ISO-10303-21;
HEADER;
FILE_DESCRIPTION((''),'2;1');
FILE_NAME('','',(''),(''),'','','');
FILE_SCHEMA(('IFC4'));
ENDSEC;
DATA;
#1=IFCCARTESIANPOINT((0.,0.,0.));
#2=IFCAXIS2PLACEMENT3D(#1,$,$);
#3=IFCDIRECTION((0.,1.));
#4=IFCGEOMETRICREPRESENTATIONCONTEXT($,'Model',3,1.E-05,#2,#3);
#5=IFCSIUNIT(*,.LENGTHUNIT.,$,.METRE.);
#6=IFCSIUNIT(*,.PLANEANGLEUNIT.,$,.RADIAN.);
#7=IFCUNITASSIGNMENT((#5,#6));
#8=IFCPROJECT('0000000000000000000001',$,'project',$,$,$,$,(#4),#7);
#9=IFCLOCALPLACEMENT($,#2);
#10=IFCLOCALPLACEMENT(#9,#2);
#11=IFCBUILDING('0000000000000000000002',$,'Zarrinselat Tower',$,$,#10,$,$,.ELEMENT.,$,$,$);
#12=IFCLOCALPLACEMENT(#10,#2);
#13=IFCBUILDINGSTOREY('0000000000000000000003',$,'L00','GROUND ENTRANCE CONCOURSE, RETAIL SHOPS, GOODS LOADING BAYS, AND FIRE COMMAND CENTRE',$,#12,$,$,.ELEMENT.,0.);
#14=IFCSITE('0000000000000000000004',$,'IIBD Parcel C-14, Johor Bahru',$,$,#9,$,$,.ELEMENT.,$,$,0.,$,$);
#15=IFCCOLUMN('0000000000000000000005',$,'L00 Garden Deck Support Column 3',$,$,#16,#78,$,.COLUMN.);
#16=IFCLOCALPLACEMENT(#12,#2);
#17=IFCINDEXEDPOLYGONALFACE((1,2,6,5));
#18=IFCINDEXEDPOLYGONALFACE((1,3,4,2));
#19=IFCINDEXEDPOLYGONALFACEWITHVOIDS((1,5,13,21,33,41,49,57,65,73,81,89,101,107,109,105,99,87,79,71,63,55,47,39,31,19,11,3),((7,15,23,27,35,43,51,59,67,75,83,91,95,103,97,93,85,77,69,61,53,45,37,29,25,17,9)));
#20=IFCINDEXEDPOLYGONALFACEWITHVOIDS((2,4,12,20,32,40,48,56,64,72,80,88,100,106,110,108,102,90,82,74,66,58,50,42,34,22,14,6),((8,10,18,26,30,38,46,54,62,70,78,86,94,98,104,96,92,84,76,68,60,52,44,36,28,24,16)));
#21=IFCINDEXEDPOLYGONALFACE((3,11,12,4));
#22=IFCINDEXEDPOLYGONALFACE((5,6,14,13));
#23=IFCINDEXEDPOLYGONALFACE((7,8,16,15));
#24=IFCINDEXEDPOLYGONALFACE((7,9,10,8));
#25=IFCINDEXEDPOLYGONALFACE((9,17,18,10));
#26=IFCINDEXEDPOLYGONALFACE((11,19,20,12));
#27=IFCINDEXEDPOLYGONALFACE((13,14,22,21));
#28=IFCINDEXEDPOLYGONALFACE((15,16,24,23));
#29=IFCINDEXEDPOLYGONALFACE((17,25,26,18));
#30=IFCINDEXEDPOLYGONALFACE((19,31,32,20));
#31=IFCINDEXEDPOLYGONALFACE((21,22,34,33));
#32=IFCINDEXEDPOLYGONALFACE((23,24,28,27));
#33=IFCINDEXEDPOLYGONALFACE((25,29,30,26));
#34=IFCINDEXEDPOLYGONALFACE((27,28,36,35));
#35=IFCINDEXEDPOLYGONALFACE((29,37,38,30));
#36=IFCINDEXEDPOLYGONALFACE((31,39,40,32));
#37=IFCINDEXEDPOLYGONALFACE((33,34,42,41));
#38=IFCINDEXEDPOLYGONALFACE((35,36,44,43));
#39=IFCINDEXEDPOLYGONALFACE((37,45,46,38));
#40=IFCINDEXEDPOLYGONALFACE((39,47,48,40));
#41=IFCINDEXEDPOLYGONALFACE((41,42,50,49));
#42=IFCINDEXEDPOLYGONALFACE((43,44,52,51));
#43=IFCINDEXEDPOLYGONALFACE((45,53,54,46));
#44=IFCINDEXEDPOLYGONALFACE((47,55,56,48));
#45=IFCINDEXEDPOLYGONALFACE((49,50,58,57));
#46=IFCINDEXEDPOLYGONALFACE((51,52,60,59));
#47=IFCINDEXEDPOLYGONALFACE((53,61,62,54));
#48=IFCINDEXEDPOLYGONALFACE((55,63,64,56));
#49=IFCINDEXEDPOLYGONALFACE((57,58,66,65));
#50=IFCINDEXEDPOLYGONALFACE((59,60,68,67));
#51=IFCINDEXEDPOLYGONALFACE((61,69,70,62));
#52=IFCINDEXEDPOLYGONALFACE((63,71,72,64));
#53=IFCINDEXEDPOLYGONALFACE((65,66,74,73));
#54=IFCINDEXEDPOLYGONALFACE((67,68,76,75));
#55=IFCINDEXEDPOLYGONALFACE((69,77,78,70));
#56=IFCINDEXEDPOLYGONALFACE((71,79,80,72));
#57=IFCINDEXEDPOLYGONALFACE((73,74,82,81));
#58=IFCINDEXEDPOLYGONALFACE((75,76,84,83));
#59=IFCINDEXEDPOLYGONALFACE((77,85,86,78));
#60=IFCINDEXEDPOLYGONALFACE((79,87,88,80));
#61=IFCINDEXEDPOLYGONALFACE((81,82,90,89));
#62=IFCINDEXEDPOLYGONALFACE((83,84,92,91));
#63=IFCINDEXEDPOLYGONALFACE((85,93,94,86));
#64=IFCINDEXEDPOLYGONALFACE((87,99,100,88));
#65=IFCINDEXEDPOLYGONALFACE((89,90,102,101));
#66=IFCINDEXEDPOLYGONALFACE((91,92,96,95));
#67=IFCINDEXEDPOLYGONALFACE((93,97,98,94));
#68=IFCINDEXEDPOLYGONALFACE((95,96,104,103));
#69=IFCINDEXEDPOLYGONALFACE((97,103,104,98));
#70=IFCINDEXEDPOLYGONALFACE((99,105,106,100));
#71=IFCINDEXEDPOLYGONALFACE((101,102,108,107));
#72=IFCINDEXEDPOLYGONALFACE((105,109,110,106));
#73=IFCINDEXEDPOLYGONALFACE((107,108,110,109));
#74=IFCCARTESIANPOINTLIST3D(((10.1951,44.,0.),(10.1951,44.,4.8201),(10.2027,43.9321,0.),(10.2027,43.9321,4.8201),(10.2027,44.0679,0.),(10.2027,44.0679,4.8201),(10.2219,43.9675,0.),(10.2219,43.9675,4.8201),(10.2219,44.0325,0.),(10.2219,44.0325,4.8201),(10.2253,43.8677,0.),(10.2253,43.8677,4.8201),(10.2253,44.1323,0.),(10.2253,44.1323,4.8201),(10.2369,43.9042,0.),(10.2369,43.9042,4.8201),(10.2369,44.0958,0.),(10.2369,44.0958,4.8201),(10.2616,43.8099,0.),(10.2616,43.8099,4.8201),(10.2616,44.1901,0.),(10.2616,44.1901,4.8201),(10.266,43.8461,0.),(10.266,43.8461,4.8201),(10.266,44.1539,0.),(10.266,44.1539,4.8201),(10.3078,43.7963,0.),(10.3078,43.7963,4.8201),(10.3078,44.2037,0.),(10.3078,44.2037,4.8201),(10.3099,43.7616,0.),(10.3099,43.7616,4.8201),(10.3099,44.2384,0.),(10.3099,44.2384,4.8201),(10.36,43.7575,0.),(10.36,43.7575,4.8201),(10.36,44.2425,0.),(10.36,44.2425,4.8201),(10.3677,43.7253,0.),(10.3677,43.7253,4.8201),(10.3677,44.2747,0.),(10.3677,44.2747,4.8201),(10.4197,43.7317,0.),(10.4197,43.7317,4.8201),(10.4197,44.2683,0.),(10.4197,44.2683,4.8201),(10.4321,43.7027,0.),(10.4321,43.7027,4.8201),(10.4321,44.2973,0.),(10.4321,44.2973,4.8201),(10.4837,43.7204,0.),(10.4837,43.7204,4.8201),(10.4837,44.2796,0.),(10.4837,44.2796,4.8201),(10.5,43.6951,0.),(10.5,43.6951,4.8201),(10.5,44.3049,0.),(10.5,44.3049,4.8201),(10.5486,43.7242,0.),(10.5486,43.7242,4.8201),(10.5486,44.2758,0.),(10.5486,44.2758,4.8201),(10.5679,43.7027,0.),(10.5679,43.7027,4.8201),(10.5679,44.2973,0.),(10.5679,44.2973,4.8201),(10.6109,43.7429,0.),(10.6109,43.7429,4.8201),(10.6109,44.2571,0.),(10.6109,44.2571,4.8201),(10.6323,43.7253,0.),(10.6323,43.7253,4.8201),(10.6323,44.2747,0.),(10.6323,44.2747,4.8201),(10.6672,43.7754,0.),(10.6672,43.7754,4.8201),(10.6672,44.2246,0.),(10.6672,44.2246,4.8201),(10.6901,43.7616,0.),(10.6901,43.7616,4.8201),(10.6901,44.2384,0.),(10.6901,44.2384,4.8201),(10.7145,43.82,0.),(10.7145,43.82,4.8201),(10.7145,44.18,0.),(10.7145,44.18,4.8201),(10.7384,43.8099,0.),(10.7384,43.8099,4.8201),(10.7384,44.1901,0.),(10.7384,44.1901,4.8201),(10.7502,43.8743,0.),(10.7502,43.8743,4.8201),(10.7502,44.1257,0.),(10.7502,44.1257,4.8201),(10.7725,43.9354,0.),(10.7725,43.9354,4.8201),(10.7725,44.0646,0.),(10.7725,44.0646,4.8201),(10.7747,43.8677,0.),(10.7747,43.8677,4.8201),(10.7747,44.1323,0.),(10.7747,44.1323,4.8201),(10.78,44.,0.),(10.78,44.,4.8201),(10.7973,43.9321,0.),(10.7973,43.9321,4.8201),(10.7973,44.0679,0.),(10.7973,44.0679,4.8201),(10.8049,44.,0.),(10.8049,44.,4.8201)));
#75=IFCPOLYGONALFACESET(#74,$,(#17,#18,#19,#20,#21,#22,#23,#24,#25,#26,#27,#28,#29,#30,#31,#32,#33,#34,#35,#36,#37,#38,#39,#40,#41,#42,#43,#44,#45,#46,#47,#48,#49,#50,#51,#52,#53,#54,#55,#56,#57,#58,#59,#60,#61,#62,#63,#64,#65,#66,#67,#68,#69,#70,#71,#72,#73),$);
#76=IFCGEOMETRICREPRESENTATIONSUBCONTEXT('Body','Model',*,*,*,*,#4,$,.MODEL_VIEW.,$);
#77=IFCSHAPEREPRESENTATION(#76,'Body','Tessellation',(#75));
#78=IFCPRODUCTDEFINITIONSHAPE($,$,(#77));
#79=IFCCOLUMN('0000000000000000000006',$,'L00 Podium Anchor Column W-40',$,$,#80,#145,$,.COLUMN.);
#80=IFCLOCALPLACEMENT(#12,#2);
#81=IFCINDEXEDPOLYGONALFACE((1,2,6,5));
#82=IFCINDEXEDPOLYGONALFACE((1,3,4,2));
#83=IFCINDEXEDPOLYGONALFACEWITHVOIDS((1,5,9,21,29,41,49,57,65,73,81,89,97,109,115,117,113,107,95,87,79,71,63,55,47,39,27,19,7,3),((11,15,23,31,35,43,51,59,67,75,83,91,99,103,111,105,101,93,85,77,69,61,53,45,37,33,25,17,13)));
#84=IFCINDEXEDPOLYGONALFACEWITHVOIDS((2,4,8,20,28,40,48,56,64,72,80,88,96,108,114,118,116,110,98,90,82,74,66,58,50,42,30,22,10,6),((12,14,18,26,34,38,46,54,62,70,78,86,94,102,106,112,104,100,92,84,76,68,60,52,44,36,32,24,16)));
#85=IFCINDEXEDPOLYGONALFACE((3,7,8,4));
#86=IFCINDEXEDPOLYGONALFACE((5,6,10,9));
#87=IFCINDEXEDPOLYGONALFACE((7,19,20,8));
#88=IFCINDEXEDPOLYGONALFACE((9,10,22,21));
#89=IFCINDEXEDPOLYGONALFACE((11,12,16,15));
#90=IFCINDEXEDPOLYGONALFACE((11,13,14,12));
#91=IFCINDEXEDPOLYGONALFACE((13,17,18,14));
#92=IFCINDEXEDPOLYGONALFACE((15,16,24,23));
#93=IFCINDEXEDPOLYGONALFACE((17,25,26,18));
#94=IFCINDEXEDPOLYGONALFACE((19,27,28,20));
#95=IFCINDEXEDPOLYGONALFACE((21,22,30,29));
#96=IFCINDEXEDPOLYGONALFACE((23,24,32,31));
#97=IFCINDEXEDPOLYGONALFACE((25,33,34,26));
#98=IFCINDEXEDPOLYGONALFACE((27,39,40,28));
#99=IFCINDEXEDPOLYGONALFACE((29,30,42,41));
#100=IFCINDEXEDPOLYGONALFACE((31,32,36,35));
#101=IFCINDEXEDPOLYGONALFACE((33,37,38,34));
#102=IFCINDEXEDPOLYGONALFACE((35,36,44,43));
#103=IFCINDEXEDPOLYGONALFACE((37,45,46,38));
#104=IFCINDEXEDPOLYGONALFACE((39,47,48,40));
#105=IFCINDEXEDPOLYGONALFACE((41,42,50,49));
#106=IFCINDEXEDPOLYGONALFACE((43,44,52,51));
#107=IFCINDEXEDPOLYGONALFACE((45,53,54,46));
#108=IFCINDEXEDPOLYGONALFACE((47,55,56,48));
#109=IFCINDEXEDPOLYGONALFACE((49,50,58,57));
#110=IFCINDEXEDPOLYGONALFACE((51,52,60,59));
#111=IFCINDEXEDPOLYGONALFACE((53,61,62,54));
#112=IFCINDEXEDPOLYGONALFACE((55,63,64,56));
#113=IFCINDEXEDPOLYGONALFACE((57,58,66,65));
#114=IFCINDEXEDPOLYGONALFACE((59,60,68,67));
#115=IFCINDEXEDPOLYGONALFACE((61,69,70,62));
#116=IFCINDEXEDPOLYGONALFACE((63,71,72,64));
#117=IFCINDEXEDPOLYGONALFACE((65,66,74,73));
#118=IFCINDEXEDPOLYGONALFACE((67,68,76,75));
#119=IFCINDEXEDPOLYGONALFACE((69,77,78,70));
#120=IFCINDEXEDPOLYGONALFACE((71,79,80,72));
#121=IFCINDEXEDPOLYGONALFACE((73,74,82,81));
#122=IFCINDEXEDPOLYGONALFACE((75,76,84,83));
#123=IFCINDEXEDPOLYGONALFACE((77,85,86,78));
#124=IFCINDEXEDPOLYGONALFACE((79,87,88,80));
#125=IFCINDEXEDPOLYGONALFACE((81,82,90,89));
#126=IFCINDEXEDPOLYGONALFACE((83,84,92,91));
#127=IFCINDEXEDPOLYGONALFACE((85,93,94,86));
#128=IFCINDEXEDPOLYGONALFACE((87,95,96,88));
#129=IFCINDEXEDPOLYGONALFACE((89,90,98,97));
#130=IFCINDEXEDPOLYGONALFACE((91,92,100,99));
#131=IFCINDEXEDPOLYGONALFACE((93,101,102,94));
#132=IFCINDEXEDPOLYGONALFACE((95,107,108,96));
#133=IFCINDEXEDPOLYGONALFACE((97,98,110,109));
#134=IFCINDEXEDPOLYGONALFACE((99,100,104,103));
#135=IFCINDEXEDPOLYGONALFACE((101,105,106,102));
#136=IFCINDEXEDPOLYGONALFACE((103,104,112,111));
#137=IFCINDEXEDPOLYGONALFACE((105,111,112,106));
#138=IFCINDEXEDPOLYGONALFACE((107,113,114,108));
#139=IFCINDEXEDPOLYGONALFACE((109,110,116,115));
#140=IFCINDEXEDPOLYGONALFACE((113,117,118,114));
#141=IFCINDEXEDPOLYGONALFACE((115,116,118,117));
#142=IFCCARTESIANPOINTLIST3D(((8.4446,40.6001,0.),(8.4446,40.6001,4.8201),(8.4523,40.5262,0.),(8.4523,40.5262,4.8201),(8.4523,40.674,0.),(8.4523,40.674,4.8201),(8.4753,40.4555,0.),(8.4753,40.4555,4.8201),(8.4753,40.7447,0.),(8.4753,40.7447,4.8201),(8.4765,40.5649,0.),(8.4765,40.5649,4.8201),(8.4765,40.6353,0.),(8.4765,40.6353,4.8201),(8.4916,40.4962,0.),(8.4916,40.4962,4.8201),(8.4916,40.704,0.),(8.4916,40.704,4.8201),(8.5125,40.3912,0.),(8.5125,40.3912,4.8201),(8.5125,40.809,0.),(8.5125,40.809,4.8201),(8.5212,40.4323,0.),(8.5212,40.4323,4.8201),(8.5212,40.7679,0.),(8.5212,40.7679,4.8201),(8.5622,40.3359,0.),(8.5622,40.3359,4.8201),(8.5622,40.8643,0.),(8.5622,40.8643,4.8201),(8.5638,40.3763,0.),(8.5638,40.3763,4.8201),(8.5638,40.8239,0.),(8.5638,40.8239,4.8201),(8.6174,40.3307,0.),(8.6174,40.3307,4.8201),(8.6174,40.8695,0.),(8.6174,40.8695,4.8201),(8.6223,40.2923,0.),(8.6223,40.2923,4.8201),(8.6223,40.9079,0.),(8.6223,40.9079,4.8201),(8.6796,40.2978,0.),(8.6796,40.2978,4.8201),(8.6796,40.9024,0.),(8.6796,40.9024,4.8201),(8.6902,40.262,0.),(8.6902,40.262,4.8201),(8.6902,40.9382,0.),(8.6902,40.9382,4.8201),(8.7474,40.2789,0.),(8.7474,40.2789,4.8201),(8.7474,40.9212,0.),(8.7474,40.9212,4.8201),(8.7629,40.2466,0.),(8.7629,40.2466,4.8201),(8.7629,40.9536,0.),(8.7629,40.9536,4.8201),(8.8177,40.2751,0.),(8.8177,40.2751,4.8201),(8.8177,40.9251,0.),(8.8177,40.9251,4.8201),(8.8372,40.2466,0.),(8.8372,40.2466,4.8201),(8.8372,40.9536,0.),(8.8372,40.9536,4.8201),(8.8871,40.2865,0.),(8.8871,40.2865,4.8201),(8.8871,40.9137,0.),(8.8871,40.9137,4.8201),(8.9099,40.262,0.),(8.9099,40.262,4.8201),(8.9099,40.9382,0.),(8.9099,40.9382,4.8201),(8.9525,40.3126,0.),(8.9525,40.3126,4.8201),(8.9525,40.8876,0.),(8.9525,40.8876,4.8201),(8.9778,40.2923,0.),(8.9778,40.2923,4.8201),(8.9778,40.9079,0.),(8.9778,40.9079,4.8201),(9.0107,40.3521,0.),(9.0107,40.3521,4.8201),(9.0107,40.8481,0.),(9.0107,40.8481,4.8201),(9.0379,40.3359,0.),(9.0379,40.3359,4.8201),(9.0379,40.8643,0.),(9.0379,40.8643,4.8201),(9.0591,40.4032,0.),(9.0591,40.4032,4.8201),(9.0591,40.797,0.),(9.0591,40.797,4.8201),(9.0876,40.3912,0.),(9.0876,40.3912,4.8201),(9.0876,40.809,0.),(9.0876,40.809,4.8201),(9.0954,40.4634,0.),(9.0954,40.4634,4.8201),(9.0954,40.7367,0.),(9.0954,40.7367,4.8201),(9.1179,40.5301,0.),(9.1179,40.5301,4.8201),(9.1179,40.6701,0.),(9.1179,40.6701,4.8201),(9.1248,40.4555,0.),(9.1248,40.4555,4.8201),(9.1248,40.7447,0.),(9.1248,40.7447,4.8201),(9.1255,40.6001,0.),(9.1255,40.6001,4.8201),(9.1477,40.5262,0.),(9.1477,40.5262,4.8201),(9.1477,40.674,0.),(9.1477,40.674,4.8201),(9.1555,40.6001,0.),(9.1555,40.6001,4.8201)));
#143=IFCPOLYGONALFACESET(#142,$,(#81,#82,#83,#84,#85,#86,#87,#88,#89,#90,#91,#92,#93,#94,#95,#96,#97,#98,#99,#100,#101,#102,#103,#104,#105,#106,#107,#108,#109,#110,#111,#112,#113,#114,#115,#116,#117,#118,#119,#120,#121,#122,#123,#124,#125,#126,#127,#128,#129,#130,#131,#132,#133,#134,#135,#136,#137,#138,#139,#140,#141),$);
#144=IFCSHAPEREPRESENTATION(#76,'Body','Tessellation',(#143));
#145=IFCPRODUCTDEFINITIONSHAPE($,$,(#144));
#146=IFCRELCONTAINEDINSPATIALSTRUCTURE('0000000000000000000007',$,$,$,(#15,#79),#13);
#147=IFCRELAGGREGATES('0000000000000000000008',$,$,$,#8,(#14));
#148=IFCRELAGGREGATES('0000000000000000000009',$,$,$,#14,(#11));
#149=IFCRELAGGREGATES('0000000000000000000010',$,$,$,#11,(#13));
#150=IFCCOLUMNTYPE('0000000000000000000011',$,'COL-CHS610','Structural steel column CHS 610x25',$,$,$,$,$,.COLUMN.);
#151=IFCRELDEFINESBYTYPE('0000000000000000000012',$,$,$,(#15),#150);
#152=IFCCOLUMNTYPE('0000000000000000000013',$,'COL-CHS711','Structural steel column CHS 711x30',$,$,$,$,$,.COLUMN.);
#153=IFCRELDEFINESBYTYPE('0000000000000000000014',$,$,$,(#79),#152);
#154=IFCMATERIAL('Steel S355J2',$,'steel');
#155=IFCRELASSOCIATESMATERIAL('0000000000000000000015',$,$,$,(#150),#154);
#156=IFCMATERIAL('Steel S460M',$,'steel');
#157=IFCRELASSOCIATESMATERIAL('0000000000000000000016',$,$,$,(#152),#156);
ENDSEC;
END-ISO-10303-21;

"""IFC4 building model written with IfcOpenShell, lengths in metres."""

from ifc_helpers import new_model, si_unit, direction, frame, origin, origin_2d, place, context, subcontext, project, spatial, hollow_circle, extrude, material, material_profile, profile_set, type_object, element, save


model = new_model("IFC4")

# Units and contexts
model_context = context("Model", 3, precision=1e-05, world=origin(), true_north=direction((0.0, 1.0)))
body_context = subcontext(model_context, "Body", "Model", "MODEL_VIEW")
ifc_project = project(units=[si_unit("LENGTHUNIT", "METRE"), si_unit("PLANEANGLEUNIT", "RADIAN")], contexts=[model_context])

# Site, building, storey
site_placement = place(None, origin())
site = spatial("IfcSite", under=ifc_project, at=site_placement, Name="IIBD Parcel C-14, Johor Bahru", CompositionType="ELEMENT", RefElevation=0.0)
building_placement = place(site_placement, origin())
building = spatial("IfcBuilding", under=site, at=building_placement, Name="Zarrinselat Tower", CompositionType="ELEMENT")
storey_placement = place(building_placement, origin())
storey = spatial("IfcBuildingStorey", under=building, at=storey_placement, Name="L00", Description="GROUND ENTRANCE CONCOURSE, RETAIL SHOPS, GOODS LOADING BAYS, AND FIRE COMMAND CENTRE", CompositionType="ELEMENT", Elevation=0.0)

# Columns
ifc_material_1 = material(Name="Steel S355J2", Category="steel")
ifc_material_profile_1 = material_profile(ifc_material_1, hollow_circle(Radius=0.3049, WallThickness=0.0249, at=origin_2d()), Name="CHS 610x25")
ifc_profile_set_1 = profile_set([ifc_material_profile_1], Name="Steel S355J2")
column_type_1 = type_object("IfcColumnType", Name="COL-CHS610", Description="Structural steel column CHS 610x25", PredefinedType="COLUMN", material=ifc_profile_set_1)
column_1_placement = place(storey_placement, frame((10.5, 44.0, 0.0), z_axis=(0.0, 0.0, 1.0), x_axis=(1.0, 0.0, 0.0)))
element("IfcColumn", 1, at=column_1_placement, inside=storey, type_object=column_type_1, Name="L00 Garden Deck Support Column 3", PredefinedType="COLUMN", context=body_context, shape_type="SweptSolid", body=[
    extrude(hollow_circle(Radius=0.3049, WallThickness=0.0249, at=origin_2d()), origin(), (0.0, 0.0, 1.0), 4.8201),
])
ifc_material_2 = material(Name="Steel S460M", Category="steel")
ifc_material_profile_2 = material_profile(ifc_material_2, hollow_circle(Radius=0.3555, WallThickness=0.03, at=origin_2d()), Name="CHS 711x30")
ifc_profile_set_2 = profile_set([ifc_material_profile_2], Name="Steel S460M")
column_type_2 = type_object("IfcColumnType", Name="COL-CHS711", Description="Structural steel column CHS 711x30", PredefinedType="COLUMN", material=ifc_profile_set_2)
for number, where, z_axis, x_axis, name in (
    (2, (8.8, 40.6001, 0.0), (0.0, 0.0, 1.0), (1.0, 0.0, 0.0), "L00 Podium Anchor Column W-40"),
):
    element("IfcColumn", number, at=place(storey_placement, frame(where, z_axis=z_axis, x_axis=x_axis)), inside=storey, type_object=column_type_2, Name=name, PredefinedType="COLUMN", context=body_context, shape_type="SweptSolid", body=[
        extrude(hollow_circle(Radius=0.3555, WallThickness=0.03, at=origin_2d()), origin(), (0.0, 0.0, 1.0), 4.8201),
    ])

save(model, "model.ifc")
